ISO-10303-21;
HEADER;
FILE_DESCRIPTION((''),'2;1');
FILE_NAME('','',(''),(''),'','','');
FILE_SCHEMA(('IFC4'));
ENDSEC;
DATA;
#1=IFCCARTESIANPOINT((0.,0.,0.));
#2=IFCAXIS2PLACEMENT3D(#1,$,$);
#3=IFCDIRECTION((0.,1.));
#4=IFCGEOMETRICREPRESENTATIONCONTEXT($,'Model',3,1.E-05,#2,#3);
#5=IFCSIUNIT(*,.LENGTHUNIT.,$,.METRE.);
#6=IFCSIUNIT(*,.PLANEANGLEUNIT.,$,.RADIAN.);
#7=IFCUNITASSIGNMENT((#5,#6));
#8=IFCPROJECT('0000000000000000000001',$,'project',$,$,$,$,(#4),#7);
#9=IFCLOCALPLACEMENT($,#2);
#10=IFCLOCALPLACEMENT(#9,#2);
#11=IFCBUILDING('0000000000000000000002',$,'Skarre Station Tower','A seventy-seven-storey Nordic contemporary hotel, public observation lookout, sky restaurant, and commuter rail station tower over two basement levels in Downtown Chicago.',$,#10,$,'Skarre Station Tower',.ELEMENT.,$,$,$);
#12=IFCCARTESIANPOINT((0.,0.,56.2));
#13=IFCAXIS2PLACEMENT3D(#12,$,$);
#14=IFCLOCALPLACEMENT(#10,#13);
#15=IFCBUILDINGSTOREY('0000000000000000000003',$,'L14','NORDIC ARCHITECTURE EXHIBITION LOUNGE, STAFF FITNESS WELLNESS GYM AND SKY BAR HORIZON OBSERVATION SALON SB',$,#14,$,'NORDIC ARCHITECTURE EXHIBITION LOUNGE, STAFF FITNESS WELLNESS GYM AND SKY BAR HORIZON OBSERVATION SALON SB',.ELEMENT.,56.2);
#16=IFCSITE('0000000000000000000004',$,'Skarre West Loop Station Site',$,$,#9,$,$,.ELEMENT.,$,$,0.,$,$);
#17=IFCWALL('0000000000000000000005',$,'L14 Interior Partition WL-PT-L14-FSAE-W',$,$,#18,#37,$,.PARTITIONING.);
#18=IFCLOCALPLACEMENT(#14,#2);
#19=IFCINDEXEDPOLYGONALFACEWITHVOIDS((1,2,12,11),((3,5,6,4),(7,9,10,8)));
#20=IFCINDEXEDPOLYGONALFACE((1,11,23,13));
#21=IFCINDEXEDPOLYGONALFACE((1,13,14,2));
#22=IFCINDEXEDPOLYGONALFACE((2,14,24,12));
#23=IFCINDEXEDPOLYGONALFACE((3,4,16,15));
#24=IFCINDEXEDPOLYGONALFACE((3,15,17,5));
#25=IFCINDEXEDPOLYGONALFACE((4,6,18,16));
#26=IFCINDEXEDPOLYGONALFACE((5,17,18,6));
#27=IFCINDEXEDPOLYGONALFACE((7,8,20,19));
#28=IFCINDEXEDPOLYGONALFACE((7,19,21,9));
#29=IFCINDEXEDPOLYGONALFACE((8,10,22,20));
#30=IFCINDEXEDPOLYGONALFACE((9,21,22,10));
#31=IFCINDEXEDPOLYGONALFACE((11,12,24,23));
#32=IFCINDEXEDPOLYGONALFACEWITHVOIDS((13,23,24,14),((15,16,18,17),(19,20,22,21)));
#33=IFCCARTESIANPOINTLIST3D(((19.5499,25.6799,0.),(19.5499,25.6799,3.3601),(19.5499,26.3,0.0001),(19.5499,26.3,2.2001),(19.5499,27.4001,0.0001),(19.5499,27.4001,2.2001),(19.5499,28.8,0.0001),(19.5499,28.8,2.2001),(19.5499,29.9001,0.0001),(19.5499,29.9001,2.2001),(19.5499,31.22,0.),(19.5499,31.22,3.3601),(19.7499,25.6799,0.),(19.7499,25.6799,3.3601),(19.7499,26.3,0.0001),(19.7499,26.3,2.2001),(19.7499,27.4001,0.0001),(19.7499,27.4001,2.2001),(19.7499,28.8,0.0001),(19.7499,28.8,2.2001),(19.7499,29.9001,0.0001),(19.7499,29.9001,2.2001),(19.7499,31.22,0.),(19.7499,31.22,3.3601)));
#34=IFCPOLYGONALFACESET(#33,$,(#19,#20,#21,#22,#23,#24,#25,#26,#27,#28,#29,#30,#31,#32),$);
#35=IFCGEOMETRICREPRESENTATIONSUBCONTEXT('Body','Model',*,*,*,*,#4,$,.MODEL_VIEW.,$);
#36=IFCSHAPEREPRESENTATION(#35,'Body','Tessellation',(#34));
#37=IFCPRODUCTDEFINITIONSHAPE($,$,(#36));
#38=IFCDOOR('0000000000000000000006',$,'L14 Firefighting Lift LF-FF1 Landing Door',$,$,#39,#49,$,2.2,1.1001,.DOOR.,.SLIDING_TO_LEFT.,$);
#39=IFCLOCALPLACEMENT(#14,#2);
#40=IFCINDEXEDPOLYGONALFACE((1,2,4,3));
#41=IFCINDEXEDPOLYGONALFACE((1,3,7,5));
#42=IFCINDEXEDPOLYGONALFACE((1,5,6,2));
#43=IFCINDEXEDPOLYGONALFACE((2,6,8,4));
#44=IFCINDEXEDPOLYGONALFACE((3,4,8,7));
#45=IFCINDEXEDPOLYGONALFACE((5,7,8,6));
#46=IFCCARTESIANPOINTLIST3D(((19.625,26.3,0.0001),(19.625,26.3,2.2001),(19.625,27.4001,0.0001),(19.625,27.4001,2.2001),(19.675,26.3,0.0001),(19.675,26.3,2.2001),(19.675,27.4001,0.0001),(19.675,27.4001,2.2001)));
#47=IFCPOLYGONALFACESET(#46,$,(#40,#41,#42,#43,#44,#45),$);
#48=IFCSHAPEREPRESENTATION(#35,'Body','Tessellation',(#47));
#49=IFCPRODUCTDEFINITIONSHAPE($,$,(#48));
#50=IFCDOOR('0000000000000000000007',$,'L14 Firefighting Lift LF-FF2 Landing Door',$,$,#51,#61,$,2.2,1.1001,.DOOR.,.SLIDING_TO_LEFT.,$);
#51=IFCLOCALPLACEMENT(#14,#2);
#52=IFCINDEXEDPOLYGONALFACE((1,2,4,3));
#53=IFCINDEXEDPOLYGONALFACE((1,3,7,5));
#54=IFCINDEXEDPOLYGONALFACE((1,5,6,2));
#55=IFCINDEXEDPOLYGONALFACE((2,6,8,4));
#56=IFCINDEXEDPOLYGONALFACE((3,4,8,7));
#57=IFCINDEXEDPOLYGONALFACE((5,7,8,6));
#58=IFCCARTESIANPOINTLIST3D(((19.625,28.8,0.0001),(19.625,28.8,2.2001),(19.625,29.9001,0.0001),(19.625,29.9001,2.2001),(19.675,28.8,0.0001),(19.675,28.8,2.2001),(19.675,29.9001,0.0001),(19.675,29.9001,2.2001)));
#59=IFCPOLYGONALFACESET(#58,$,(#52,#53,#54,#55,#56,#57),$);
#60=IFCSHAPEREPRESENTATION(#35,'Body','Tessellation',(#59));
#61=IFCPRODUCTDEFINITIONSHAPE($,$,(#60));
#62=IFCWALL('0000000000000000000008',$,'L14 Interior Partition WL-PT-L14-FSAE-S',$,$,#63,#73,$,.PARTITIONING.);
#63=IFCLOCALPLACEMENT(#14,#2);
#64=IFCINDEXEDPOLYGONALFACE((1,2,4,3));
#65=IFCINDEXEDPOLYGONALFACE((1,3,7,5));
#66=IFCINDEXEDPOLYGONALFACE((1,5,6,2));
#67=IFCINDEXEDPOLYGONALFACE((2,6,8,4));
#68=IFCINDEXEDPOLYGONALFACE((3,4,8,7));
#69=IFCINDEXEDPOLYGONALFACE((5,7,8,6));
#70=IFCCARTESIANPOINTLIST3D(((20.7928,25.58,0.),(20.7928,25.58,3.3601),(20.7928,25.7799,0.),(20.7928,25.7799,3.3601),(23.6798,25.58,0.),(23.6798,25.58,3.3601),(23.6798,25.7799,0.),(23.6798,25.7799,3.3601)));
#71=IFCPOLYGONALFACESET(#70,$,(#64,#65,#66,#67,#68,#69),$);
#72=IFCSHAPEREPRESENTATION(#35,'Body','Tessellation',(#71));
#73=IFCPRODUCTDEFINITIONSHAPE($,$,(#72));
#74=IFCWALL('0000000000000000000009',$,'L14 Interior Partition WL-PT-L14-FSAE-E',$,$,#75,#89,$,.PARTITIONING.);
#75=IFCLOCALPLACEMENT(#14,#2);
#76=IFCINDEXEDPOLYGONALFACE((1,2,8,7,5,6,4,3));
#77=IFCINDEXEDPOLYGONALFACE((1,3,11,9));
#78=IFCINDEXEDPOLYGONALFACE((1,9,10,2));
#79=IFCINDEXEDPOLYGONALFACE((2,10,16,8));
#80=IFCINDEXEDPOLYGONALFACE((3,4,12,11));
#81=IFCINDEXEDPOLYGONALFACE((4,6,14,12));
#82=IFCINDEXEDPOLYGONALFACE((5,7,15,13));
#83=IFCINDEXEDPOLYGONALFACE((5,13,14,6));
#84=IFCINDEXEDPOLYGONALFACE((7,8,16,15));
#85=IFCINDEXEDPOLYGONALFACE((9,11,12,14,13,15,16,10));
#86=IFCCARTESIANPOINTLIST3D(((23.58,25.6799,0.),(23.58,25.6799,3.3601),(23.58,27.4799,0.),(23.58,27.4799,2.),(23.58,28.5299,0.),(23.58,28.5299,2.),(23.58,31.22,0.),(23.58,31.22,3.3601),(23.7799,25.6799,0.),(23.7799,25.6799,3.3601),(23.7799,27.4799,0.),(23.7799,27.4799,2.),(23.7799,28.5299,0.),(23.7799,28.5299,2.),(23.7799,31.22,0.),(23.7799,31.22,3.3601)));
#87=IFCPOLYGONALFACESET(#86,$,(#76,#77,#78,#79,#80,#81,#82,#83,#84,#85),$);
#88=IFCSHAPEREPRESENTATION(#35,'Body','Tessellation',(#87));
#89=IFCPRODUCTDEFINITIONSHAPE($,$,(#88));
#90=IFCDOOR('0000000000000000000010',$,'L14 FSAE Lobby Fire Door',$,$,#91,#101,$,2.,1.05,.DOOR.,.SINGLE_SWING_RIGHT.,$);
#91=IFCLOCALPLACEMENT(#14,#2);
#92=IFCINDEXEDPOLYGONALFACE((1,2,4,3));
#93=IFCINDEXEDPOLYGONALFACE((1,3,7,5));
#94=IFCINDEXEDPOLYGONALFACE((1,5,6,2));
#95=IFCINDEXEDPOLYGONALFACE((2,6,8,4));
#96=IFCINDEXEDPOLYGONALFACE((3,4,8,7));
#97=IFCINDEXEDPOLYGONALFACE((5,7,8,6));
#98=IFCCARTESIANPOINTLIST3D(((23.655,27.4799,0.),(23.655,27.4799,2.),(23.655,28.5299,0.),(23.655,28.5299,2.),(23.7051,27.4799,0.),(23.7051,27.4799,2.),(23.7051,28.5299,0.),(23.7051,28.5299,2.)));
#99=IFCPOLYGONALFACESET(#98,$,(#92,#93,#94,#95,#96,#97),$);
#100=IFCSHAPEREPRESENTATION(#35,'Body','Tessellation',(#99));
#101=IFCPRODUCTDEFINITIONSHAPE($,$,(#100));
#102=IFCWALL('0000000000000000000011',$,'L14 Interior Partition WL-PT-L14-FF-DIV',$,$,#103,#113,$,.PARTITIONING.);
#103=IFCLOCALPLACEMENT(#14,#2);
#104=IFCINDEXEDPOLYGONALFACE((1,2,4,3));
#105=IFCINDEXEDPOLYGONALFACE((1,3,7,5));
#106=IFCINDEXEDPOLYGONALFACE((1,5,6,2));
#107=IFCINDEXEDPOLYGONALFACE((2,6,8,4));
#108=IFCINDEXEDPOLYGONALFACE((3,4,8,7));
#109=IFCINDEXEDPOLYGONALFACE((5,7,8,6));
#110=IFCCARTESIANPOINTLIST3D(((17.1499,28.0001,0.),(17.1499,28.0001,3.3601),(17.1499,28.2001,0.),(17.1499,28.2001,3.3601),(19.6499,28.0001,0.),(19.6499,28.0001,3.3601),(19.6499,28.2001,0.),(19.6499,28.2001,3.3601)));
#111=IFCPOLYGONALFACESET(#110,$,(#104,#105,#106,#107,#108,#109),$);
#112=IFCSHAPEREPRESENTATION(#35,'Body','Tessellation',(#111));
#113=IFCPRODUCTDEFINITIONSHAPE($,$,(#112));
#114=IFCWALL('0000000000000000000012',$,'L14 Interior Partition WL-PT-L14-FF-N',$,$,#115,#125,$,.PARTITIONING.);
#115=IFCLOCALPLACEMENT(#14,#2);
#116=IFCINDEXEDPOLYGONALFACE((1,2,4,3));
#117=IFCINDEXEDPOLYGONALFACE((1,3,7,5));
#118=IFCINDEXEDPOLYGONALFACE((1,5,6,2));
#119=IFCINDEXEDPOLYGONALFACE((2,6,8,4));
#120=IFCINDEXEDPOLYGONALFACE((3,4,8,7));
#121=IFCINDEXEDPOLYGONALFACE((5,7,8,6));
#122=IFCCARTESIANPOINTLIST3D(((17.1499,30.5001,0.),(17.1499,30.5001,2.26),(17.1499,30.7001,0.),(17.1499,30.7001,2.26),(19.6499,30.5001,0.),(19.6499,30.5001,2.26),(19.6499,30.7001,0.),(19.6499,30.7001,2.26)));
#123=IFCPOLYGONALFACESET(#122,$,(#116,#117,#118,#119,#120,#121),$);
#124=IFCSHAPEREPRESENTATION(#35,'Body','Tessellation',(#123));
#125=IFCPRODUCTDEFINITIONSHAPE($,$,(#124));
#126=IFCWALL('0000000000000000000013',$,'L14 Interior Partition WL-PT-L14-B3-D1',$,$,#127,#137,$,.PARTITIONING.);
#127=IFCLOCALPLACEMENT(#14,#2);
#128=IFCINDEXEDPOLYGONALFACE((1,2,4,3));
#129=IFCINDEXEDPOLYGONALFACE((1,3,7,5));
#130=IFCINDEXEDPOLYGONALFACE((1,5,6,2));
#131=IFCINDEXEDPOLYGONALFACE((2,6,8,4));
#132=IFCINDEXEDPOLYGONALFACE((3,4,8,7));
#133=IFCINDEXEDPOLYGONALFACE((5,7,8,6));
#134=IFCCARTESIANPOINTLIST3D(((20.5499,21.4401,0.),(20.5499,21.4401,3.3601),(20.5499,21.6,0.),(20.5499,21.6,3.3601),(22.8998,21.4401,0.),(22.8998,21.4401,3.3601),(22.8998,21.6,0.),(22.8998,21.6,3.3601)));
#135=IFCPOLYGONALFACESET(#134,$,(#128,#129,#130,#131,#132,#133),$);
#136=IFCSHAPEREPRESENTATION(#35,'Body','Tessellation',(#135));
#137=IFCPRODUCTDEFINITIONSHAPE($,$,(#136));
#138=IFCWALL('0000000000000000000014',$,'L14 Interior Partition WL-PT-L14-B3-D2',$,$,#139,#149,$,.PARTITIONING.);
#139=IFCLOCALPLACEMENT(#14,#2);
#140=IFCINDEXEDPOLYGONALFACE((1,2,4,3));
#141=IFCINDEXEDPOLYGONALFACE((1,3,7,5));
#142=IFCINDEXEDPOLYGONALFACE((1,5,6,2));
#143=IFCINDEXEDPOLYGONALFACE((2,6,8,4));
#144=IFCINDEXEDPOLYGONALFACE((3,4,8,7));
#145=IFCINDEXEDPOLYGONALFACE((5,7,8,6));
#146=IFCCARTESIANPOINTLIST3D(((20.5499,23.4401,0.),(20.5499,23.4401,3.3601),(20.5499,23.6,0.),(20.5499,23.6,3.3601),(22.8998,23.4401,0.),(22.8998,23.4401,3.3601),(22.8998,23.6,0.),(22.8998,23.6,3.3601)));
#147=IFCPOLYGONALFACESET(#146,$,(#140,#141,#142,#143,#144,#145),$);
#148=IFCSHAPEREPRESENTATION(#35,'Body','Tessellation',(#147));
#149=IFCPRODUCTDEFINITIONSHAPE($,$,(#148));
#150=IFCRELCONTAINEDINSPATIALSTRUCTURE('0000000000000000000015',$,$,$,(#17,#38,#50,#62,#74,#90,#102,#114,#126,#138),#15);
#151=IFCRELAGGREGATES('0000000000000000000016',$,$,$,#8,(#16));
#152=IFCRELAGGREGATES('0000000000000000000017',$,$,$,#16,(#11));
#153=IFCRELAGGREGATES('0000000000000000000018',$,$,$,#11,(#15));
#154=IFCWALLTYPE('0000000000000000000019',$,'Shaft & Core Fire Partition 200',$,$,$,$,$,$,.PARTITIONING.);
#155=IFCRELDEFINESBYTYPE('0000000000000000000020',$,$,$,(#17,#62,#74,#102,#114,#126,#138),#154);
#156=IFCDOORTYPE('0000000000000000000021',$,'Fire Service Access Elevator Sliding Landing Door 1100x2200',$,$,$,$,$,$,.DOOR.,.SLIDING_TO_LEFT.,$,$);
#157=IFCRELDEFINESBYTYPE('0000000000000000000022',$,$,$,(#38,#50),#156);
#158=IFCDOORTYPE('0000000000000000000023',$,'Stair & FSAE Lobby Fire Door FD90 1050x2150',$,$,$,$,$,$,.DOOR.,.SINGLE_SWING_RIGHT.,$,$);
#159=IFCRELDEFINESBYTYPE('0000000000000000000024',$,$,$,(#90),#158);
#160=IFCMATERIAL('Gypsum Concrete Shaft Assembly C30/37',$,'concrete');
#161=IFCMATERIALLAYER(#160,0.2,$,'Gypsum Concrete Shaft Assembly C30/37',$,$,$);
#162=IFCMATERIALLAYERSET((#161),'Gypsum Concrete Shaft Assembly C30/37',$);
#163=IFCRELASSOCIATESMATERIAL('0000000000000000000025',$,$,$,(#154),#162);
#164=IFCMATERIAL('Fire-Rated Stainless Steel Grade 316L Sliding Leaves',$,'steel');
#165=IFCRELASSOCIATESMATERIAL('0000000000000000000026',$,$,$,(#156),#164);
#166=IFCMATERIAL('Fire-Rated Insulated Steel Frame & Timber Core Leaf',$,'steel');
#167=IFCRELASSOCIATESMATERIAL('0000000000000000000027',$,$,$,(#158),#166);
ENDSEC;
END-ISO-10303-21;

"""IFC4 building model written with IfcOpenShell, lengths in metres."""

from ifc_helpers import new_model, si_unit, direction, frame, frame_2d, origin, place, context, subcontext, project, spatial, rectangle, extrude, material, layer, layer_set, type_object, element, fill, save


model = new_model("IFC4")

# Units and contexts
model_context = context("Model", 3, precision=1e-05, world=origin(), true_north=direction((0.0, 1.0)))
body_context = subcontext(model_context, "Body", "Model", "MODEL_VIEW")
ifc_project = project(units=[si_unit("LENGTHUNIT", "METRE"), si_unit("PLANEANGLEUNIT", "RADIAN")], contexts=[model_context])

# Site, building, storey
site_placement = place(None, origin())
site = spatial("IfcSite", under=ifc_project, at=site_placement, Name="Skarre West Loop Station Site", CompositionType="ELEMENT", RefElevation=0.0)
building_placement = place(site_placement, origin())
building = spatial("IfcBuilding", under=site, at=building_placement, Name="Skarre Station Tower", Description="A seventy-seven-storey Nordic contemporary hotel, public observation lookout, sky restaurant, and commuter rail station tower over two basement levels in Downtown Chicago.", LongName="Skarre Station Tower", CompositionType="ELEMENT")
storey_placement = place(building_placement, frame((0.0, 0.0, 56.2)))
storey = spatial("IfcBuildingStorey", under=building, at=storey_placement, Name="L14", Description="NORDIC ARCHITECTURE EXHIBITION LOUNGE, STAFF FITNESS WELLNESS GYM AND SKY BAR HORIZON OBSERVATION SALON SB", LongName="NORDIC ARCHITECTURE EXHIBITION LOUNGE, STAFF FITNESS WELLNESS GYM AND SKY BAR HORIZON OBSERVATION SALON SB", CompositionType="ELEMENT", Elevation=56.2)

# Wall, openings, doors
ifc_material_1 = material(Name="Gypsum Concrete Shaft Assembly C30/37", Category="concrete")
ifc_layer_1 = layer(ifc_material_1, 0.2, Name="Gypsum Concrete Shaft Assembly C30/37")
ifc_layer_set_1 = layer_set([ifc_layer_1], Name="Gypsum Concrete Shaft Assembly C30/37")
wall_type_1 = type_object("IfcWallType", Name="Shaft & Core Fire Partition 200", PredefinedType="PARTITIONING", material=ifc_layer_set_1)
wall_1_placement = place(storey_placement, frame((19.6499, 25.6799, 0.0), z_axis=(0.0, 0.0, 1.0), x_axis=(0.0, 1.0, 0.0)))
wall_1 = element("IfcWall", 1, at=wall_1_placement, inside=storey, type_object=wall_type_1, Name="L14 Interior Partition WL-PT-L14-FSAE-W", PredefinedType="PARTITIONING", context=body_context, shape_type="SweptSolid", body=[
    extrude(rectangle(XDim=5.54, YDim=0.2, at=frame_2d((2.77, 0.0))), origin(), (0.0, 0.0, 1.0), 3.3601),
])
opening_1_placement = place(wall_1_placement, frame((0.6201, 0.0, 0.0)))
opening_1 = element("IfcOpeningElement", 2, at=opening_1_placement, cuts=wall_1, PredefinedType="OPENING", context=body_context, shape_type="SweptSolid", body=[
    extrude(rectangle(XDim=1.1001, YDim=2.2, at=frame_2d((0.55, 1.1001))), frame((0.0, 0.1099, 0.0), z_axis=(0.0, -1.0, 0.0), x_axis=(1.0, 0.0, 0.0)), (0.0, 0.0, 1.0), 0.22),
])
opening_2_placement = place(wall_1_placement, frame((3.1201, 0.0, 0.0)))
opening_2 = element("IfcOpeningElement", 3, at=opening_2_placement, cuts=wall_1, PredefinedType="OPENING", context=body_context, shape_type="SweptSolid", body=[
    extrude(rectangle(XDim=1.1001, YDim=2.2, at=frame_2d((0.55, 1.1001))), frame((0.0, 0.1099, 0.0), z_axis=(0.0, -1.0, 0.0), x_axis=(1.0, 0.0, 0.0)), (0.0, 0.0, 1.0), 0.22),
])
ifc_material_2 = material(Name="Fire-Rated Stainless Steel Grade 316L Sliding Leaves", Category="steel")
door_type_1 = type_object("IfcDoorType", Name="Fire Service Access Elevator Sliding Landing Door 1100x2200", OperationType="SLIDING_TO_LEFT", PredefinedType="DOOR", material=ifc_material_2)
door_1_placement = place(opening_1_placement, origin())
door_1 = element("IfcDoor", 4, at=door_1_placement, inside=storey, type_object=door_type_1, Name="L14 Firefighting Lift LF-FF1 Landing Door", OperationType="SLIDING_TO_LEFT", OverallHeight=2.2, OverallWidth=1.1001, PredefinedType="DOOR", context=body_context, shape_type="SweptSolid", body=[
    extrude(rectangle(XDim=1.1001, YDim=2.2, at=frame_2d((0.55, 1.1001))), frame((0.0, 0.0249, 0.0), z_axis=(0.0, -1.0, 0.0), x_axis=(1.0, 0.0, 0.0)), (0.0, 0.0, 1.0), 0.05),
])
fill(opening_1, door_1)
door_2_placement = place(opening_2_placement, origin())
door_2 = element("IfcDoor", 5, at=door_2_placement, inside=storey, type_object=door_type_1, Name="L14 Firefighting Lift LF-FF2 Landing Door", OperationType="SLIDING_TO_LEFT", OverallHeight=2.2, OverallWidth=1.1001, PredefinedType="DOOR", context=body_context, shape_type="SweptSolid", body=[
    extrude(rectangle(XDim=1.1001, YDim=2.2, at=frame_2d((0.55, 1.1001))), frame((0.0, 0.0249, 0.0), z_axis=(0.0, -1.0, 0.0), x_axis=(1.0, 0.0, 0.0)), (0.0, 0.0, 1.0), 0.05),
])
fill(opening_2, door_2)

# Wall
wall_2_placement = place(storey_placement, frame((20.793, 25.6799, 0.0), z_axis=(0.0, 0.0, 1.0), x_axis=(1.0, 0.0, 0.0)))
element("IfcWall", 6, at=wall_2_placement, inside=storey, type_object=wall_type_1, Name="L14 Interior Partition WL-PT-L14-FSAE-S", PredefinedType="PARTITIONING", context=body_context, shape_type="SweptSolid", body=[
    extrude(rectangle(XDim=2.887, YDim=0.2, at=frame_2d((1.4434, 0.0))), origin(), (0.0, 0.0, 1.0), 3.3601),
])

# Wall, opening, door
wall_3_placement = place(storey_placement, frame((23.6799, 25.6799, 0.0), z_axis=(0.0, 0.0, 1.0), x_axis=(0.0, 1.0, 0.0)))
wall_3 = element("IfcWall", 7, at=wall_3_placement, inside=storey, type_object=wall_type_1, Name="L14 Interior Partition WL-PT-L14-FSAE-E", PredefinedType="PARTITIONING", context=body_context, shape_type="SweptSolid", body=[
    extrude(rectangle(XDim=5.54, YDim=0.2, at=frame_2d((2.77, 0.0))), origin(), (0.0, 0.0, 1.0), 3.3601),
])
opening_3_placement = place(wall_3_placement, frame((1.8, 0.0, 0.0)))
opening_3 = element("IfcOpeningElement", 8, at=opening_3_placement, cuts=wall_3, PredefinedType="OPENING", context=body_context, shape_type="SweptSolid", body=[
    extrude(rectangle(XDim=1.05, YDim=2.0, at=frame_2d((0.5249, 1.0))), frame((0.0, 0.1099, 0.0), z_axis=(0.0, -1.0, 0.0), x_axis=(1.0, 0.0, 0.0)), (0.0, 0.0, 1.0), 0.22),
])
ifc_material_3 = material(Name="Fire-Rated Insulated Steel Frame & Timber Core Leaf", Category="steel")
door_type_2 = type_object("IfcDoorType", Name="Stair & FSAE Lobby Fire Door FD90 1050x2150", OperationType="SINGLE_SWING_RIGHT", PredefinedType="DOOR", material=ifc_material_3)
door_3_placement = place(opening_3_placement, origin())
door_3 = element("IfcDoor", 9, at=door_3_placement, inside=storey, type_object=door_type_2, Name="L14 FSAE Lobby Fire Door", OperationType="SINGLE_SWING_RIGHT", OverallHeight=2.0, OverallWidth=1.05, PredefinedType="DOOR", context=body_context, shape_type="SweptSolid", body=[
    extrude(rectangle(XDim=1.05, YDim=2.0, at=frame_2d((0.5249, 1.0))), frame((0.0, 0.0249, 0.0), z_axis=(0.0, -1.0, 0.0), x_axis=(1.0, 0.0, 0.0)), (0.0, 0.0, 1.0), 0.05),
])
fill(opening_3, door_3)

# Walls
wall_4_placement = place(storey_placement, frame((17.1499, 28.1001, 0.0), z_axis=(0.0, 0.0, 1.0), x_axis=(1.0, 0.0, 0.0)))
element("IfcWall", 10, at=wall_4_placement, inside=storey, type_object=wall_type_1, Name="L14 Interior Partition WL-PT-L14-FF-DIV", PredefinedType="PARTITIONING", context=body_context, shape_type="SweptSolid", body=[
    extrude(rectangle(XDim=2.5, YDim=0.2, at=frame_2d((1.25, 0.0))), origin(), (0.0, 0.0, 1.0), 3.3601),
])
wall_5_placement = place(storey_placement, frame((19.6499, 30.6001, 0.0), z_axis=(0.0, 0.0, 1.0), x_axis=(-1.0, 0.0, 0.0)))
element("IfcWall", 11, at=wall_5_placement, inside=storey, type_object=wall_type_1, Name="L14 Interior Partition WL-PT-L14-FF-N", PredefinedType="PARTITIONING", context=body_context, shape_type="SweptSolid", body=[
    extrude(rectangle(XDim=2.5, YDim=0.2, at=frame_2d((1.25, 0.0))), origin(), (0.0, 0.0, 1.0), 2.26),
])
for number, where, z_axis, x_axis, name in (
    (12, (20.55, 21.52, 0.0), (0.0, 0.0, 1.0), (1.0, 0.0, 0.0), "L14 Interior Partition WL-PT-L14-B3-D1"),
    (13, (20.55, 23.52, 0.0), (0.0, 0.0, 1.0), (1.0, 0.0, 0.0), "L14 Interior Partition WL-PT-L14-B3-D2"),
):
    element("IfcWall", number, at=place(storey_placement, frame(where, z_axis=z_axis, x_axis=x_axis)), inside=storey, type_object=wall_type_1, Name=name, PredefinedType="PARTITIONING", context=body_context, shape_type="SweptSolid", body=[
        extrude(rectangle(XDim=2.3499, YDim=0.1599, at=frame_2d((1.1748, 0.0))), origin(), (0.0, 0.0, 1.0), 3.3601),
    ])

save(model, "model.ifc")
